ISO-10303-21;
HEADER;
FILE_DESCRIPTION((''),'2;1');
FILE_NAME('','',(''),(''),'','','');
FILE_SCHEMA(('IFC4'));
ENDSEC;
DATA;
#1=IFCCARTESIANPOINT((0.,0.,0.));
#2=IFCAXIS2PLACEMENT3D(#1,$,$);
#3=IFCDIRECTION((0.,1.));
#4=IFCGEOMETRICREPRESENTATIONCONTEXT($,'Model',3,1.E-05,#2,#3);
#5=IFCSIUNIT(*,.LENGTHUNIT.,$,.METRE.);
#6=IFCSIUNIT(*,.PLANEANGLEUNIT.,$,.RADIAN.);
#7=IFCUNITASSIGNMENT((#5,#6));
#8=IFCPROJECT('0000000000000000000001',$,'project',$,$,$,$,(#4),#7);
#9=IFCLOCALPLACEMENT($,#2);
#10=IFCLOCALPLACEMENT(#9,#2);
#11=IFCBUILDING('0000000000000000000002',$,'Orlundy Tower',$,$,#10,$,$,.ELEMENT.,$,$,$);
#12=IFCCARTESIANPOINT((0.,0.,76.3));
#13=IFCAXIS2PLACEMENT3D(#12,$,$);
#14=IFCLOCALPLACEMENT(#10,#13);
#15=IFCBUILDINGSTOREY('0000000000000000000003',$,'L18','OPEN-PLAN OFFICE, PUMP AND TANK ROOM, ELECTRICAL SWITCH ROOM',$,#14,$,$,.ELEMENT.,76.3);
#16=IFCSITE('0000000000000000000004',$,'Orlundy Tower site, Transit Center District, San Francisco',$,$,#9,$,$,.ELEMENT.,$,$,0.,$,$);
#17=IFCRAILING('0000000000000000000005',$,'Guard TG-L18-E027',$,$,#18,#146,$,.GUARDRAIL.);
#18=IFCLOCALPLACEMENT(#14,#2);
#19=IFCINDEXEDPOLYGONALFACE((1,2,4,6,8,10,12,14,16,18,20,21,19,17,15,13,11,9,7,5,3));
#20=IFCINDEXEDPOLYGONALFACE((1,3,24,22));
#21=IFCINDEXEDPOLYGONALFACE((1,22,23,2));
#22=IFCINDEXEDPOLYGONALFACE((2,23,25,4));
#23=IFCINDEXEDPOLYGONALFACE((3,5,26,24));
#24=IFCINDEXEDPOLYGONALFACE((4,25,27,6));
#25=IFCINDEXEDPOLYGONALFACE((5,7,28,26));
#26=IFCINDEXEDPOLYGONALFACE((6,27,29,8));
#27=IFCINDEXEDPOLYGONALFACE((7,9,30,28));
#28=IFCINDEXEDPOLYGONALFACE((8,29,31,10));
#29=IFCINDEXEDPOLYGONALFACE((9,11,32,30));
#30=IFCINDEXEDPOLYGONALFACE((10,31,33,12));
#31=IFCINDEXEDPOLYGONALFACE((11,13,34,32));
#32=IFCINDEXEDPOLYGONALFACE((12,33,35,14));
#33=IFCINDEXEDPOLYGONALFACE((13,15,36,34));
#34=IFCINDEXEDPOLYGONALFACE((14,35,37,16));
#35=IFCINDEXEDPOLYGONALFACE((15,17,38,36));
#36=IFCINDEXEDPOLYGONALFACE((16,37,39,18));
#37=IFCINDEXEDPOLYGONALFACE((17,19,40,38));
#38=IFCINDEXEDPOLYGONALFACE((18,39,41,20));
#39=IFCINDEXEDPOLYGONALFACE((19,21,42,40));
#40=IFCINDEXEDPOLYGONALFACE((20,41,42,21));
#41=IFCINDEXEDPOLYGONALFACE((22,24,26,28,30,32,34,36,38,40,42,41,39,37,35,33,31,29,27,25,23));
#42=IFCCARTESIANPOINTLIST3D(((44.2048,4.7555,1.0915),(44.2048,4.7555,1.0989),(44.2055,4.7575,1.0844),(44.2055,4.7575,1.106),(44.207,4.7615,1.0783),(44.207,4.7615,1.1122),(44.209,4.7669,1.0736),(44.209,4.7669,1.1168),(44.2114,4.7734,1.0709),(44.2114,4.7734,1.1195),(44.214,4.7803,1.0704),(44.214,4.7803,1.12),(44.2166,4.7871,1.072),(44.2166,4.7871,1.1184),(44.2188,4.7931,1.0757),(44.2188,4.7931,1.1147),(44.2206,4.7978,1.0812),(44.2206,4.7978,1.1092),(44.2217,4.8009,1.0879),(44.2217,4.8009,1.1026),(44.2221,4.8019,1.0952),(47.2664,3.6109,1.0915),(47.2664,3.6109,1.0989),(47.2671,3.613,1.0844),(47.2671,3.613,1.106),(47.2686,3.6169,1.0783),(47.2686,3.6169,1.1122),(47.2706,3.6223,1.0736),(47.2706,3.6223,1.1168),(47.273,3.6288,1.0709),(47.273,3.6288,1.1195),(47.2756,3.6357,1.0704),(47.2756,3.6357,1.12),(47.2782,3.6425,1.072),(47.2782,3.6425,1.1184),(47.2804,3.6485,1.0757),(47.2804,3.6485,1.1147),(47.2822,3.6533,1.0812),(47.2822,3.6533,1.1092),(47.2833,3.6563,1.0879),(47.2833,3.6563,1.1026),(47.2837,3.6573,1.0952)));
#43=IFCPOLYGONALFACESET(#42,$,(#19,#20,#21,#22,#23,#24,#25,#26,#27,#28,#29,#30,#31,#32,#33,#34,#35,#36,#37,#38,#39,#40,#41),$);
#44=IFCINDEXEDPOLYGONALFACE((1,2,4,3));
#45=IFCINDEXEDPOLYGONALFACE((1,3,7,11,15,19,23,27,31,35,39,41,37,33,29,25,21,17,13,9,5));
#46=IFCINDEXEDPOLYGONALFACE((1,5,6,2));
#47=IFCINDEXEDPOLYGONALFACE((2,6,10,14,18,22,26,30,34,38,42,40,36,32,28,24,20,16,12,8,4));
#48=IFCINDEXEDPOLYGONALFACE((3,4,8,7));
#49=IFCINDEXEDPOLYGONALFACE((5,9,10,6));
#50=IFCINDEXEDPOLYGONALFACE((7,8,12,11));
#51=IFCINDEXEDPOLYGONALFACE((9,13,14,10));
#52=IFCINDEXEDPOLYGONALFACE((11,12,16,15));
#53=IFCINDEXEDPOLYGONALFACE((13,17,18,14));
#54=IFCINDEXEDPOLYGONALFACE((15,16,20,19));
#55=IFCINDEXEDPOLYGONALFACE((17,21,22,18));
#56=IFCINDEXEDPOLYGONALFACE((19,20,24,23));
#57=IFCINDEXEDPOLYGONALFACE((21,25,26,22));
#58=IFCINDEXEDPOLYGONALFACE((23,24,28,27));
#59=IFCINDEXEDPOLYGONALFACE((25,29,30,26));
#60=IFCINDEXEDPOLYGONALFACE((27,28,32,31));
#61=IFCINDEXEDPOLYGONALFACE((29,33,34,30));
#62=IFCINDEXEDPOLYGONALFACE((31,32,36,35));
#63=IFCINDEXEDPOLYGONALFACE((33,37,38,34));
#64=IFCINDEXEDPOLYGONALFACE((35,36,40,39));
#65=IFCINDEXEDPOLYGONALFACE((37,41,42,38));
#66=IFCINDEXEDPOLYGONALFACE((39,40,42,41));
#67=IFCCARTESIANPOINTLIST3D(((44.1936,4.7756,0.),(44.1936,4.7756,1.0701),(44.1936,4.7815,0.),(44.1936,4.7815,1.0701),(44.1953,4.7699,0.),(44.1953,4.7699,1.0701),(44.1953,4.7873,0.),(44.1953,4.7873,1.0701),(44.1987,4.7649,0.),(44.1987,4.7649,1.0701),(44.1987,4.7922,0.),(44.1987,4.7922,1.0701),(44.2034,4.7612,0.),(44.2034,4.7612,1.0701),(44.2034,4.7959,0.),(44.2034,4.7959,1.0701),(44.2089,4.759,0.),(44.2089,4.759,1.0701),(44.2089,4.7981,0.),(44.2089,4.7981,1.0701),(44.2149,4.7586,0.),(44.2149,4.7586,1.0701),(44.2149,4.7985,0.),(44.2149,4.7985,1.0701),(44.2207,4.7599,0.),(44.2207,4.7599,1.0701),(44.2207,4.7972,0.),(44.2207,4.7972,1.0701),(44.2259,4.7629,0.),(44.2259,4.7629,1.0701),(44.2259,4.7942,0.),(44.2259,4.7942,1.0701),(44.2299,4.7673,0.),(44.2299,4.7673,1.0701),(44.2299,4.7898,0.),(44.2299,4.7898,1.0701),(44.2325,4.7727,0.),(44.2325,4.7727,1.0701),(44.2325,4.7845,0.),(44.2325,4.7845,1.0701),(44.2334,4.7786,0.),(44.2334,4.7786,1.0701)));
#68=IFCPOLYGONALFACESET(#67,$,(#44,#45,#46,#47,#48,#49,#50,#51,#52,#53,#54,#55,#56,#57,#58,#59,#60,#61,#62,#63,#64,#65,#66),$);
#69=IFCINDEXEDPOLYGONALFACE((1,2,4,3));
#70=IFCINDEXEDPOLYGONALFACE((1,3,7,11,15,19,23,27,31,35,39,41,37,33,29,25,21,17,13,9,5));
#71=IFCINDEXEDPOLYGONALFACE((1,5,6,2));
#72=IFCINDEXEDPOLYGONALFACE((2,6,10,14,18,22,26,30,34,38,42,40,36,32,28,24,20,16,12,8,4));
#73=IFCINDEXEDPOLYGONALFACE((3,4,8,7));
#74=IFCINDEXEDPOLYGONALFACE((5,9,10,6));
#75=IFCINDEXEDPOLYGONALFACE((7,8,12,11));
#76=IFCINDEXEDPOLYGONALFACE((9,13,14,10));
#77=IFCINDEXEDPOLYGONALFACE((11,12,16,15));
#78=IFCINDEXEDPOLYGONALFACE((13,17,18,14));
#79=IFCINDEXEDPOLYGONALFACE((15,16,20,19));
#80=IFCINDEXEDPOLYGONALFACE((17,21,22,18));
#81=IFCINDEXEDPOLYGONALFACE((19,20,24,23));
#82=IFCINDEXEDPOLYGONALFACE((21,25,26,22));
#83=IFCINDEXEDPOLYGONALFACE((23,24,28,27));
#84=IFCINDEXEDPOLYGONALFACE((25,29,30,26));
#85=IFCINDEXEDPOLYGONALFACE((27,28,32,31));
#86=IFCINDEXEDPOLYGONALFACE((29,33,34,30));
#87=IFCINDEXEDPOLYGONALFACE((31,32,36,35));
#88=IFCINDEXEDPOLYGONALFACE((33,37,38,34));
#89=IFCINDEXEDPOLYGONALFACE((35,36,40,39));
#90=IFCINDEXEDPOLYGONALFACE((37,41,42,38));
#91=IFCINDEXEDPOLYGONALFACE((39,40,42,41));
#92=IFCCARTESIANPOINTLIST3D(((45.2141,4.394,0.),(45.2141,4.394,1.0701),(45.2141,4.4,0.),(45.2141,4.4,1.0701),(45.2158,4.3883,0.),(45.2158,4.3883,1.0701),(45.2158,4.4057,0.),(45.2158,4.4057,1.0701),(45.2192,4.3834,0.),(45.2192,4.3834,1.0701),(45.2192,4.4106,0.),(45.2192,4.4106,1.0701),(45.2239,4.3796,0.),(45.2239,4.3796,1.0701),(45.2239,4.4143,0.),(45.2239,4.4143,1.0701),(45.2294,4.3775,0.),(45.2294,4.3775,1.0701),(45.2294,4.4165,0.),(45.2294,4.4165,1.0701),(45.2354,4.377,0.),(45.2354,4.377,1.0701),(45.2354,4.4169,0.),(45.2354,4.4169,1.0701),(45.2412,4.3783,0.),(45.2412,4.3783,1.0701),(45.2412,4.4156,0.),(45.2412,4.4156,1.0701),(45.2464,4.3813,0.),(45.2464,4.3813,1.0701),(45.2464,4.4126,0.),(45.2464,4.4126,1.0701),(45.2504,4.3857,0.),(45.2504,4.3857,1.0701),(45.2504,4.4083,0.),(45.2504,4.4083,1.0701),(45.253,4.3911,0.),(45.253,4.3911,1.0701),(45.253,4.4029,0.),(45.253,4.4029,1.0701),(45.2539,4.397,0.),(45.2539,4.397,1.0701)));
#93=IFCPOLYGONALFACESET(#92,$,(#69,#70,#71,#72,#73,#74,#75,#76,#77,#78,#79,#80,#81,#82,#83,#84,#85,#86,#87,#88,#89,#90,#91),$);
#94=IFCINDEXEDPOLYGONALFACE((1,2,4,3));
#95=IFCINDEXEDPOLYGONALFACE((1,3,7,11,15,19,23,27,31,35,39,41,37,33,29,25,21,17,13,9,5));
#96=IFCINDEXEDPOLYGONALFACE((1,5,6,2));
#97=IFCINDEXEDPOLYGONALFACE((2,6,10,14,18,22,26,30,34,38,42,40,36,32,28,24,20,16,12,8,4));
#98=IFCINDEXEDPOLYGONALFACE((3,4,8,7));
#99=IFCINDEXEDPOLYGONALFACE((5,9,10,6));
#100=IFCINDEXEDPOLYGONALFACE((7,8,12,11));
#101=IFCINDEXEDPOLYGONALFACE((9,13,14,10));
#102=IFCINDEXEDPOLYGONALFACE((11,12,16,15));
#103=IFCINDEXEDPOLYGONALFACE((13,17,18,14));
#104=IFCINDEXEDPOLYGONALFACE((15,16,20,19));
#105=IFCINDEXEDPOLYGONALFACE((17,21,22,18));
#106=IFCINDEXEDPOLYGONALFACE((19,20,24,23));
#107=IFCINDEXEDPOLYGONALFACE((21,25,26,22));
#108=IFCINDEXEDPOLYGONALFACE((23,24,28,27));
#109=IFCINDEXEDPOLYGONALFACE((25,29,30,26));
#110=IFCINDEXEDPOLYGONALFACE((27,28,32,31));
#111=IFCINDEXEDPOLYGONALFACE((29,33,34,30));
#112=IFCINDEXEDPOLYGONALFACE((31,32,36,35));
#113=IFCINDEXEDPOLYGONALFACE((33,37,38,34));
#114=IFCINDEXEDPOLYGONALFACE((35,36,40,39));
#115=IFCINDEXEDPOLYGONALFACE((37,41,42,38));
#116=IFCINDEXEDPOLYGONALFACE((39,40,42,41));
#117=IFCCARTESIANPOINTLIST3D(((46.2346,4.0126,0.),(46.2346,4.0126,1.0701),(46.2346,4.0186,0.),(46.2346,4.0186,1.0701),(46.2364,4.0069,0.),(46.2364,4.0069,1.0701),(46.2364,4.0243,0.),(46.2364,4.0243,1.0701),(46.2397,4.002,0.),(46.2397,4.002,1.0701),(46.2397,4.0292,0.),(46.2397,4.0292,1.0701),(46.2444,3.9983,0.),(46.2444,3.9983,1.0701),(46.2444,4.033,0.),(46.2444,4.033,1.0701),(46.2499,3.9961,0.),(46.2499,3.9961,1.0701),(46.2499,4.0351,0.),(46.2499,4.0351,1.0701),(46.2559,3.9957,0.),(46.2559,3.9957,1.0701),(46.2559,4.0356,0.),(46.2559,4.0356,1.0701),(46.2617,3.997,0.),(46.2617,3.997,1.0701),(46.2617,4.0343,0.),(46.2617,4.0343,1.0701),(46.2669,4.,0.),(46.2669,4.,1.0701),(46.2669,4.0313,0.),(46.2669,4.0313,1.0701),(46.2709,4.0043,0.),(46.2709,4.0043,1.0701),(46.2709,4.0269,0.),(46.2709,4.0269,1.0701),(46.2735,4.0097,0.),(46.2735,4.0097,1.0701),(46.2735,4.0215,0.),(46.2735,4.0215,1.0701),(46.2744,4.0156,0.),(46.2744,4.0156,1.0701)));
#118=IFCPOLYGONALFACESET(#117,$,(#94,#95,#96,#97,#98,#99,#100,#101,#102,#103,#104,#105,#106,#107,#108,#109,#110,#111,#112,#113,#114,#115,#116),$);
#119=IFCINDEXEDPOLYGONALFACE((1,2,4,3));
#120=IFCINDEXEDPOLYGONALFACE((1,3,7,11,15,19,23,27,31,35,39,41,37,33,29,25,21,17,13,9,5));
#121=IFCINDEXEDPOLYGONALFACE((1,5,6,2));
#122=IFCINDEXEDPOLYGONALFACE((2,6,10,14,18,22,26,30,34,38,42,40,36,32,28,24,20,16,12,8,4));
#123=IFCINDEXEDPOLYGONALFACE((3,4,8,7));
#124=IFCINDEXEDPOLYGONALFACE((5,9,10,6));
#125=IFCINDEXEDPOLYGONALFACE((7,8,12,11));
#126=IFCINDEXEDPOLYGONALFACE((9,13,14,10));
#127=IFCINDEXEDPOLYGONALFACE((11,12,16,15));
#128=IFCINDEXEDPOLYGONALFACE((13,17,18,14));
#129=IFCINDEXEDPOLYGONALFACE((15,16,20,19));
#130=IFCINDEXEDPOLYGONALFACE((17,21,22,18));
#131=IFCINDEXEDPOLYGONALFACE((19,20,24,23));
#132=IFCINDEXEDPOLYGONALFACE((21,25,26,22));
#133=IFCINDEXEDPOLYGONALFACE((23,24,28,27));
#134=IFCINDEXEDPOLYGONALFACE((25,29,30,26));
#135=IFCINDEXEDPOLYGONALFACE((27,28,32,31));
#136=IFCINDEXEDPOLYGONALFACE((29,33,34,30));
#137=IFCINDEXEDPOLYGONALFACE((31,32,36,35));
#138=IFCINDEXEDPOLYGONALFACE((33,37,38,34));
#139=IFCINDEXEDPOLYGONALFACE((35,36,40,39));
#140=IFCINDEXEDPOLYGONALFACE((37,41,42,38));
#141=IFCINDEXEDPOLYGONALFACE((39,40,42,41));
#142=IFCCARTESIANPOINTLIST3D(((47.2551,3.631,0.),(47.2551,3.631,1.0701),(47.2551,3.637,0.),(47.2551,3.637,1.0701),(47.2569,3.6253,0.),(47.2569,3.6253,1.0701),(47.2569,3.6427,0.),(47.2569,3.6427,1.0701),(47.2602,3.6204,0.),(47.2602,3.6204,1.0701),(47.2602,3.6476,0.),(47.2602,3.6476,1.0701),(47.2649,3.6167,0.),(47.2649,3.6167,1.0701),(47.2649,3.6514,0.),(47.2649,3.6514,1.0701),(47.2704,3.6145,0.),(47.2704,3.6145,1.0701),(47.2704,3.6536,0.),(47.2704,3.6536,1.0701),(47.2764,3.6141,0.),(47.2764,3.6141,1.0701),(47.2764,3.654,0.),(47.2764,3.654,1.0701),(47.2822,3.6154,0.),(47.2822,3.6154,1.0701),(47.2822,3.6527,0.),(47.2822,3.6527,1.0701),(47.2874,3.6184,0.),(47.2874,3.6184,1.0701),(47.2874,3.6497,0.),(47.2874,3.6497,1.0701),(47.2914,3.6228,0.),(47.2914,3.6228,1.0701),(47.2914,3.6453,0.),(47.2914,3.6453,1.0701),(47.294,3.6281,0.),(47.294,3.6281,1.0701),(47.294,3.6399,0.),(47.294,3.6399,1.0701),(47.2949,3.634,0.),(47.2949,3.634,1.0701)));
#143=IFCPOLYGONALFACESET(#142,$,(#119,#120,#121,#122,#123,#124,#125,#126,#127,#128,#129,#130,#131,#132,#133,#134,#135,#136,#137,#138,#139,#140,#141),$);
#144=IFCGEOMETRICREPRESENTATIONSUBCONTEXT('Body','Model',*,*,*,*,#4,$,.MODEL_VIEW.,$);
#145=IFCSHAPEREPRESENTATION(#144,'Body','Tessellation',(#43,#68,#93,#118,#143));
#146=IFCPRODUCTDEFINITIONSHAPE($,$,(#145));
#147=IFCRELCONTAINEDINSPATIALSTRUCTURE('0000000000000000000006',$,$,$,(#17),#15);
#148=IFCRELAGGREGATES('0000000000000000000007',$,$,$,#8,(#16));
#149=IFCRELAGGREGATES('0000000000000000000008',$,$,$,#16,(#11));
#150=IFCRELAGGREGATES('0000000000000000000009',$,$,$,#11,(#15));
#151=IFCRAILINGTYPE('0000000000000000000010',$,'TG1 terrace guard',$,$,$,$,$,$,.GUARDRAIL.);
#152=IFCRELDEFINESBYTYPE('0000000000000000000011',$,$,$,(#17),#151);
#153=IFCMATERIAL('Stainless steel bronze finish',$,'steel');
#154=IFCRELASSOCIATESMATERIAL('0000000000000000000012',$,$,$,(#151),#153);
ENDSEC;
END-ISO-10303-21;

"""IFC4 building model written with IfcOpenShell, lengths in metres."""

from ifc_helpers import new_model, si_unit, direction, frame, origin, origin_2d, place, context, subcontext, project, spatial, circle, extrude, material, type_object, element, save


model = new_model("IFC4")

# Units and contexts
model_context = context("Model", 3, precision=1e-05, world=origin(), true_north=direction((0.0, 1.0)))
body_context = subcontext(model_context, "Body", "Model", "MODEL_VIEW")
ifc_project = project(units=[si_unit("LENGTHUNIT", "METRE"), si_unit("PLANEANGLEUNIT", "RADIAN")], contexts=[model_context])

# Site, building, storey
site_placement = place(None, origin())
site = spatial("IfcSite", under=ifc_project, at=site_placement, Name="Orlundy Tower site, Transit Center District, San Francisco", CompositionType="ELEMENT", RefElevation=0.0)
building_placement = place(site_placement, origin())
building = spatial("IfcBuilding", under=site, at=building_placement, Name="Orlundy Tower", CompositionType="ELEMENT")
storey_placement = place(building_placement, frame((0.0, 0.0, 76.3)))
storey = spatial("IfcBuildingStorey", under=building, at=storey_placement, Name="L18", Description="OPEN-PLAN OFFICE, PUMP AND TANK ROOM, ELECTRICAL SWITCH ROOM", CompositionType="ELEMENT", Elevation=76.3)

# Railing
ifc_material_1 = material(Name="Stainless steel bronze finish", Category="steel")
railing_type = type_object("IfcRailingType", Name="TG1 terrace guard", PredefinedType="GUARDRAIL", material=ifc_material_1)
railing_1_placement = place(storey_placement, frame((44.2134, 4.7786, 0.0)))
element("IfcRailing", 1, at=railing_1_placement, inside=storey, type_object=railing_type, Name="Guard TG-L18-E027", PredefinedType="GUARDRAIL", context=body_context, shape_type="SweptSolid", body=[
    extrude(circle(Radius=0.0249, at=origin_2d()), frame((0.0, 0.0, 1.0952), z_axis=(0.936685, -0.350174, 0.0), x_axis=(0.350174, 0.936685, 0.0)), (0.0, 0.0, 1.0), 3.2686),
    extrude(circle(Radius=0.02, at=origin_2d()), origin(), (0.0, 0.0, 1.0), 1.0701),
    extrude(circle(Radius=0.02, at=origin_2d()), frame((1.0205, -0.3816, 0.0)), (0.0, 0.0, 1.0), 1.0701),
    extrude(circle(Radius=0.02, at=origin_2d()), frame((2.041, -0.7629, 0.0)), (0.0, 0.0, 1.0), 1.0701),
    extrude(circle(Radius=0.02, at=origin_2d()), frame((3.0615, -1.1445, 0.0)), (0.0, 0.0, 1.0), 1.0701),
])

save(model, "model.ifc")
